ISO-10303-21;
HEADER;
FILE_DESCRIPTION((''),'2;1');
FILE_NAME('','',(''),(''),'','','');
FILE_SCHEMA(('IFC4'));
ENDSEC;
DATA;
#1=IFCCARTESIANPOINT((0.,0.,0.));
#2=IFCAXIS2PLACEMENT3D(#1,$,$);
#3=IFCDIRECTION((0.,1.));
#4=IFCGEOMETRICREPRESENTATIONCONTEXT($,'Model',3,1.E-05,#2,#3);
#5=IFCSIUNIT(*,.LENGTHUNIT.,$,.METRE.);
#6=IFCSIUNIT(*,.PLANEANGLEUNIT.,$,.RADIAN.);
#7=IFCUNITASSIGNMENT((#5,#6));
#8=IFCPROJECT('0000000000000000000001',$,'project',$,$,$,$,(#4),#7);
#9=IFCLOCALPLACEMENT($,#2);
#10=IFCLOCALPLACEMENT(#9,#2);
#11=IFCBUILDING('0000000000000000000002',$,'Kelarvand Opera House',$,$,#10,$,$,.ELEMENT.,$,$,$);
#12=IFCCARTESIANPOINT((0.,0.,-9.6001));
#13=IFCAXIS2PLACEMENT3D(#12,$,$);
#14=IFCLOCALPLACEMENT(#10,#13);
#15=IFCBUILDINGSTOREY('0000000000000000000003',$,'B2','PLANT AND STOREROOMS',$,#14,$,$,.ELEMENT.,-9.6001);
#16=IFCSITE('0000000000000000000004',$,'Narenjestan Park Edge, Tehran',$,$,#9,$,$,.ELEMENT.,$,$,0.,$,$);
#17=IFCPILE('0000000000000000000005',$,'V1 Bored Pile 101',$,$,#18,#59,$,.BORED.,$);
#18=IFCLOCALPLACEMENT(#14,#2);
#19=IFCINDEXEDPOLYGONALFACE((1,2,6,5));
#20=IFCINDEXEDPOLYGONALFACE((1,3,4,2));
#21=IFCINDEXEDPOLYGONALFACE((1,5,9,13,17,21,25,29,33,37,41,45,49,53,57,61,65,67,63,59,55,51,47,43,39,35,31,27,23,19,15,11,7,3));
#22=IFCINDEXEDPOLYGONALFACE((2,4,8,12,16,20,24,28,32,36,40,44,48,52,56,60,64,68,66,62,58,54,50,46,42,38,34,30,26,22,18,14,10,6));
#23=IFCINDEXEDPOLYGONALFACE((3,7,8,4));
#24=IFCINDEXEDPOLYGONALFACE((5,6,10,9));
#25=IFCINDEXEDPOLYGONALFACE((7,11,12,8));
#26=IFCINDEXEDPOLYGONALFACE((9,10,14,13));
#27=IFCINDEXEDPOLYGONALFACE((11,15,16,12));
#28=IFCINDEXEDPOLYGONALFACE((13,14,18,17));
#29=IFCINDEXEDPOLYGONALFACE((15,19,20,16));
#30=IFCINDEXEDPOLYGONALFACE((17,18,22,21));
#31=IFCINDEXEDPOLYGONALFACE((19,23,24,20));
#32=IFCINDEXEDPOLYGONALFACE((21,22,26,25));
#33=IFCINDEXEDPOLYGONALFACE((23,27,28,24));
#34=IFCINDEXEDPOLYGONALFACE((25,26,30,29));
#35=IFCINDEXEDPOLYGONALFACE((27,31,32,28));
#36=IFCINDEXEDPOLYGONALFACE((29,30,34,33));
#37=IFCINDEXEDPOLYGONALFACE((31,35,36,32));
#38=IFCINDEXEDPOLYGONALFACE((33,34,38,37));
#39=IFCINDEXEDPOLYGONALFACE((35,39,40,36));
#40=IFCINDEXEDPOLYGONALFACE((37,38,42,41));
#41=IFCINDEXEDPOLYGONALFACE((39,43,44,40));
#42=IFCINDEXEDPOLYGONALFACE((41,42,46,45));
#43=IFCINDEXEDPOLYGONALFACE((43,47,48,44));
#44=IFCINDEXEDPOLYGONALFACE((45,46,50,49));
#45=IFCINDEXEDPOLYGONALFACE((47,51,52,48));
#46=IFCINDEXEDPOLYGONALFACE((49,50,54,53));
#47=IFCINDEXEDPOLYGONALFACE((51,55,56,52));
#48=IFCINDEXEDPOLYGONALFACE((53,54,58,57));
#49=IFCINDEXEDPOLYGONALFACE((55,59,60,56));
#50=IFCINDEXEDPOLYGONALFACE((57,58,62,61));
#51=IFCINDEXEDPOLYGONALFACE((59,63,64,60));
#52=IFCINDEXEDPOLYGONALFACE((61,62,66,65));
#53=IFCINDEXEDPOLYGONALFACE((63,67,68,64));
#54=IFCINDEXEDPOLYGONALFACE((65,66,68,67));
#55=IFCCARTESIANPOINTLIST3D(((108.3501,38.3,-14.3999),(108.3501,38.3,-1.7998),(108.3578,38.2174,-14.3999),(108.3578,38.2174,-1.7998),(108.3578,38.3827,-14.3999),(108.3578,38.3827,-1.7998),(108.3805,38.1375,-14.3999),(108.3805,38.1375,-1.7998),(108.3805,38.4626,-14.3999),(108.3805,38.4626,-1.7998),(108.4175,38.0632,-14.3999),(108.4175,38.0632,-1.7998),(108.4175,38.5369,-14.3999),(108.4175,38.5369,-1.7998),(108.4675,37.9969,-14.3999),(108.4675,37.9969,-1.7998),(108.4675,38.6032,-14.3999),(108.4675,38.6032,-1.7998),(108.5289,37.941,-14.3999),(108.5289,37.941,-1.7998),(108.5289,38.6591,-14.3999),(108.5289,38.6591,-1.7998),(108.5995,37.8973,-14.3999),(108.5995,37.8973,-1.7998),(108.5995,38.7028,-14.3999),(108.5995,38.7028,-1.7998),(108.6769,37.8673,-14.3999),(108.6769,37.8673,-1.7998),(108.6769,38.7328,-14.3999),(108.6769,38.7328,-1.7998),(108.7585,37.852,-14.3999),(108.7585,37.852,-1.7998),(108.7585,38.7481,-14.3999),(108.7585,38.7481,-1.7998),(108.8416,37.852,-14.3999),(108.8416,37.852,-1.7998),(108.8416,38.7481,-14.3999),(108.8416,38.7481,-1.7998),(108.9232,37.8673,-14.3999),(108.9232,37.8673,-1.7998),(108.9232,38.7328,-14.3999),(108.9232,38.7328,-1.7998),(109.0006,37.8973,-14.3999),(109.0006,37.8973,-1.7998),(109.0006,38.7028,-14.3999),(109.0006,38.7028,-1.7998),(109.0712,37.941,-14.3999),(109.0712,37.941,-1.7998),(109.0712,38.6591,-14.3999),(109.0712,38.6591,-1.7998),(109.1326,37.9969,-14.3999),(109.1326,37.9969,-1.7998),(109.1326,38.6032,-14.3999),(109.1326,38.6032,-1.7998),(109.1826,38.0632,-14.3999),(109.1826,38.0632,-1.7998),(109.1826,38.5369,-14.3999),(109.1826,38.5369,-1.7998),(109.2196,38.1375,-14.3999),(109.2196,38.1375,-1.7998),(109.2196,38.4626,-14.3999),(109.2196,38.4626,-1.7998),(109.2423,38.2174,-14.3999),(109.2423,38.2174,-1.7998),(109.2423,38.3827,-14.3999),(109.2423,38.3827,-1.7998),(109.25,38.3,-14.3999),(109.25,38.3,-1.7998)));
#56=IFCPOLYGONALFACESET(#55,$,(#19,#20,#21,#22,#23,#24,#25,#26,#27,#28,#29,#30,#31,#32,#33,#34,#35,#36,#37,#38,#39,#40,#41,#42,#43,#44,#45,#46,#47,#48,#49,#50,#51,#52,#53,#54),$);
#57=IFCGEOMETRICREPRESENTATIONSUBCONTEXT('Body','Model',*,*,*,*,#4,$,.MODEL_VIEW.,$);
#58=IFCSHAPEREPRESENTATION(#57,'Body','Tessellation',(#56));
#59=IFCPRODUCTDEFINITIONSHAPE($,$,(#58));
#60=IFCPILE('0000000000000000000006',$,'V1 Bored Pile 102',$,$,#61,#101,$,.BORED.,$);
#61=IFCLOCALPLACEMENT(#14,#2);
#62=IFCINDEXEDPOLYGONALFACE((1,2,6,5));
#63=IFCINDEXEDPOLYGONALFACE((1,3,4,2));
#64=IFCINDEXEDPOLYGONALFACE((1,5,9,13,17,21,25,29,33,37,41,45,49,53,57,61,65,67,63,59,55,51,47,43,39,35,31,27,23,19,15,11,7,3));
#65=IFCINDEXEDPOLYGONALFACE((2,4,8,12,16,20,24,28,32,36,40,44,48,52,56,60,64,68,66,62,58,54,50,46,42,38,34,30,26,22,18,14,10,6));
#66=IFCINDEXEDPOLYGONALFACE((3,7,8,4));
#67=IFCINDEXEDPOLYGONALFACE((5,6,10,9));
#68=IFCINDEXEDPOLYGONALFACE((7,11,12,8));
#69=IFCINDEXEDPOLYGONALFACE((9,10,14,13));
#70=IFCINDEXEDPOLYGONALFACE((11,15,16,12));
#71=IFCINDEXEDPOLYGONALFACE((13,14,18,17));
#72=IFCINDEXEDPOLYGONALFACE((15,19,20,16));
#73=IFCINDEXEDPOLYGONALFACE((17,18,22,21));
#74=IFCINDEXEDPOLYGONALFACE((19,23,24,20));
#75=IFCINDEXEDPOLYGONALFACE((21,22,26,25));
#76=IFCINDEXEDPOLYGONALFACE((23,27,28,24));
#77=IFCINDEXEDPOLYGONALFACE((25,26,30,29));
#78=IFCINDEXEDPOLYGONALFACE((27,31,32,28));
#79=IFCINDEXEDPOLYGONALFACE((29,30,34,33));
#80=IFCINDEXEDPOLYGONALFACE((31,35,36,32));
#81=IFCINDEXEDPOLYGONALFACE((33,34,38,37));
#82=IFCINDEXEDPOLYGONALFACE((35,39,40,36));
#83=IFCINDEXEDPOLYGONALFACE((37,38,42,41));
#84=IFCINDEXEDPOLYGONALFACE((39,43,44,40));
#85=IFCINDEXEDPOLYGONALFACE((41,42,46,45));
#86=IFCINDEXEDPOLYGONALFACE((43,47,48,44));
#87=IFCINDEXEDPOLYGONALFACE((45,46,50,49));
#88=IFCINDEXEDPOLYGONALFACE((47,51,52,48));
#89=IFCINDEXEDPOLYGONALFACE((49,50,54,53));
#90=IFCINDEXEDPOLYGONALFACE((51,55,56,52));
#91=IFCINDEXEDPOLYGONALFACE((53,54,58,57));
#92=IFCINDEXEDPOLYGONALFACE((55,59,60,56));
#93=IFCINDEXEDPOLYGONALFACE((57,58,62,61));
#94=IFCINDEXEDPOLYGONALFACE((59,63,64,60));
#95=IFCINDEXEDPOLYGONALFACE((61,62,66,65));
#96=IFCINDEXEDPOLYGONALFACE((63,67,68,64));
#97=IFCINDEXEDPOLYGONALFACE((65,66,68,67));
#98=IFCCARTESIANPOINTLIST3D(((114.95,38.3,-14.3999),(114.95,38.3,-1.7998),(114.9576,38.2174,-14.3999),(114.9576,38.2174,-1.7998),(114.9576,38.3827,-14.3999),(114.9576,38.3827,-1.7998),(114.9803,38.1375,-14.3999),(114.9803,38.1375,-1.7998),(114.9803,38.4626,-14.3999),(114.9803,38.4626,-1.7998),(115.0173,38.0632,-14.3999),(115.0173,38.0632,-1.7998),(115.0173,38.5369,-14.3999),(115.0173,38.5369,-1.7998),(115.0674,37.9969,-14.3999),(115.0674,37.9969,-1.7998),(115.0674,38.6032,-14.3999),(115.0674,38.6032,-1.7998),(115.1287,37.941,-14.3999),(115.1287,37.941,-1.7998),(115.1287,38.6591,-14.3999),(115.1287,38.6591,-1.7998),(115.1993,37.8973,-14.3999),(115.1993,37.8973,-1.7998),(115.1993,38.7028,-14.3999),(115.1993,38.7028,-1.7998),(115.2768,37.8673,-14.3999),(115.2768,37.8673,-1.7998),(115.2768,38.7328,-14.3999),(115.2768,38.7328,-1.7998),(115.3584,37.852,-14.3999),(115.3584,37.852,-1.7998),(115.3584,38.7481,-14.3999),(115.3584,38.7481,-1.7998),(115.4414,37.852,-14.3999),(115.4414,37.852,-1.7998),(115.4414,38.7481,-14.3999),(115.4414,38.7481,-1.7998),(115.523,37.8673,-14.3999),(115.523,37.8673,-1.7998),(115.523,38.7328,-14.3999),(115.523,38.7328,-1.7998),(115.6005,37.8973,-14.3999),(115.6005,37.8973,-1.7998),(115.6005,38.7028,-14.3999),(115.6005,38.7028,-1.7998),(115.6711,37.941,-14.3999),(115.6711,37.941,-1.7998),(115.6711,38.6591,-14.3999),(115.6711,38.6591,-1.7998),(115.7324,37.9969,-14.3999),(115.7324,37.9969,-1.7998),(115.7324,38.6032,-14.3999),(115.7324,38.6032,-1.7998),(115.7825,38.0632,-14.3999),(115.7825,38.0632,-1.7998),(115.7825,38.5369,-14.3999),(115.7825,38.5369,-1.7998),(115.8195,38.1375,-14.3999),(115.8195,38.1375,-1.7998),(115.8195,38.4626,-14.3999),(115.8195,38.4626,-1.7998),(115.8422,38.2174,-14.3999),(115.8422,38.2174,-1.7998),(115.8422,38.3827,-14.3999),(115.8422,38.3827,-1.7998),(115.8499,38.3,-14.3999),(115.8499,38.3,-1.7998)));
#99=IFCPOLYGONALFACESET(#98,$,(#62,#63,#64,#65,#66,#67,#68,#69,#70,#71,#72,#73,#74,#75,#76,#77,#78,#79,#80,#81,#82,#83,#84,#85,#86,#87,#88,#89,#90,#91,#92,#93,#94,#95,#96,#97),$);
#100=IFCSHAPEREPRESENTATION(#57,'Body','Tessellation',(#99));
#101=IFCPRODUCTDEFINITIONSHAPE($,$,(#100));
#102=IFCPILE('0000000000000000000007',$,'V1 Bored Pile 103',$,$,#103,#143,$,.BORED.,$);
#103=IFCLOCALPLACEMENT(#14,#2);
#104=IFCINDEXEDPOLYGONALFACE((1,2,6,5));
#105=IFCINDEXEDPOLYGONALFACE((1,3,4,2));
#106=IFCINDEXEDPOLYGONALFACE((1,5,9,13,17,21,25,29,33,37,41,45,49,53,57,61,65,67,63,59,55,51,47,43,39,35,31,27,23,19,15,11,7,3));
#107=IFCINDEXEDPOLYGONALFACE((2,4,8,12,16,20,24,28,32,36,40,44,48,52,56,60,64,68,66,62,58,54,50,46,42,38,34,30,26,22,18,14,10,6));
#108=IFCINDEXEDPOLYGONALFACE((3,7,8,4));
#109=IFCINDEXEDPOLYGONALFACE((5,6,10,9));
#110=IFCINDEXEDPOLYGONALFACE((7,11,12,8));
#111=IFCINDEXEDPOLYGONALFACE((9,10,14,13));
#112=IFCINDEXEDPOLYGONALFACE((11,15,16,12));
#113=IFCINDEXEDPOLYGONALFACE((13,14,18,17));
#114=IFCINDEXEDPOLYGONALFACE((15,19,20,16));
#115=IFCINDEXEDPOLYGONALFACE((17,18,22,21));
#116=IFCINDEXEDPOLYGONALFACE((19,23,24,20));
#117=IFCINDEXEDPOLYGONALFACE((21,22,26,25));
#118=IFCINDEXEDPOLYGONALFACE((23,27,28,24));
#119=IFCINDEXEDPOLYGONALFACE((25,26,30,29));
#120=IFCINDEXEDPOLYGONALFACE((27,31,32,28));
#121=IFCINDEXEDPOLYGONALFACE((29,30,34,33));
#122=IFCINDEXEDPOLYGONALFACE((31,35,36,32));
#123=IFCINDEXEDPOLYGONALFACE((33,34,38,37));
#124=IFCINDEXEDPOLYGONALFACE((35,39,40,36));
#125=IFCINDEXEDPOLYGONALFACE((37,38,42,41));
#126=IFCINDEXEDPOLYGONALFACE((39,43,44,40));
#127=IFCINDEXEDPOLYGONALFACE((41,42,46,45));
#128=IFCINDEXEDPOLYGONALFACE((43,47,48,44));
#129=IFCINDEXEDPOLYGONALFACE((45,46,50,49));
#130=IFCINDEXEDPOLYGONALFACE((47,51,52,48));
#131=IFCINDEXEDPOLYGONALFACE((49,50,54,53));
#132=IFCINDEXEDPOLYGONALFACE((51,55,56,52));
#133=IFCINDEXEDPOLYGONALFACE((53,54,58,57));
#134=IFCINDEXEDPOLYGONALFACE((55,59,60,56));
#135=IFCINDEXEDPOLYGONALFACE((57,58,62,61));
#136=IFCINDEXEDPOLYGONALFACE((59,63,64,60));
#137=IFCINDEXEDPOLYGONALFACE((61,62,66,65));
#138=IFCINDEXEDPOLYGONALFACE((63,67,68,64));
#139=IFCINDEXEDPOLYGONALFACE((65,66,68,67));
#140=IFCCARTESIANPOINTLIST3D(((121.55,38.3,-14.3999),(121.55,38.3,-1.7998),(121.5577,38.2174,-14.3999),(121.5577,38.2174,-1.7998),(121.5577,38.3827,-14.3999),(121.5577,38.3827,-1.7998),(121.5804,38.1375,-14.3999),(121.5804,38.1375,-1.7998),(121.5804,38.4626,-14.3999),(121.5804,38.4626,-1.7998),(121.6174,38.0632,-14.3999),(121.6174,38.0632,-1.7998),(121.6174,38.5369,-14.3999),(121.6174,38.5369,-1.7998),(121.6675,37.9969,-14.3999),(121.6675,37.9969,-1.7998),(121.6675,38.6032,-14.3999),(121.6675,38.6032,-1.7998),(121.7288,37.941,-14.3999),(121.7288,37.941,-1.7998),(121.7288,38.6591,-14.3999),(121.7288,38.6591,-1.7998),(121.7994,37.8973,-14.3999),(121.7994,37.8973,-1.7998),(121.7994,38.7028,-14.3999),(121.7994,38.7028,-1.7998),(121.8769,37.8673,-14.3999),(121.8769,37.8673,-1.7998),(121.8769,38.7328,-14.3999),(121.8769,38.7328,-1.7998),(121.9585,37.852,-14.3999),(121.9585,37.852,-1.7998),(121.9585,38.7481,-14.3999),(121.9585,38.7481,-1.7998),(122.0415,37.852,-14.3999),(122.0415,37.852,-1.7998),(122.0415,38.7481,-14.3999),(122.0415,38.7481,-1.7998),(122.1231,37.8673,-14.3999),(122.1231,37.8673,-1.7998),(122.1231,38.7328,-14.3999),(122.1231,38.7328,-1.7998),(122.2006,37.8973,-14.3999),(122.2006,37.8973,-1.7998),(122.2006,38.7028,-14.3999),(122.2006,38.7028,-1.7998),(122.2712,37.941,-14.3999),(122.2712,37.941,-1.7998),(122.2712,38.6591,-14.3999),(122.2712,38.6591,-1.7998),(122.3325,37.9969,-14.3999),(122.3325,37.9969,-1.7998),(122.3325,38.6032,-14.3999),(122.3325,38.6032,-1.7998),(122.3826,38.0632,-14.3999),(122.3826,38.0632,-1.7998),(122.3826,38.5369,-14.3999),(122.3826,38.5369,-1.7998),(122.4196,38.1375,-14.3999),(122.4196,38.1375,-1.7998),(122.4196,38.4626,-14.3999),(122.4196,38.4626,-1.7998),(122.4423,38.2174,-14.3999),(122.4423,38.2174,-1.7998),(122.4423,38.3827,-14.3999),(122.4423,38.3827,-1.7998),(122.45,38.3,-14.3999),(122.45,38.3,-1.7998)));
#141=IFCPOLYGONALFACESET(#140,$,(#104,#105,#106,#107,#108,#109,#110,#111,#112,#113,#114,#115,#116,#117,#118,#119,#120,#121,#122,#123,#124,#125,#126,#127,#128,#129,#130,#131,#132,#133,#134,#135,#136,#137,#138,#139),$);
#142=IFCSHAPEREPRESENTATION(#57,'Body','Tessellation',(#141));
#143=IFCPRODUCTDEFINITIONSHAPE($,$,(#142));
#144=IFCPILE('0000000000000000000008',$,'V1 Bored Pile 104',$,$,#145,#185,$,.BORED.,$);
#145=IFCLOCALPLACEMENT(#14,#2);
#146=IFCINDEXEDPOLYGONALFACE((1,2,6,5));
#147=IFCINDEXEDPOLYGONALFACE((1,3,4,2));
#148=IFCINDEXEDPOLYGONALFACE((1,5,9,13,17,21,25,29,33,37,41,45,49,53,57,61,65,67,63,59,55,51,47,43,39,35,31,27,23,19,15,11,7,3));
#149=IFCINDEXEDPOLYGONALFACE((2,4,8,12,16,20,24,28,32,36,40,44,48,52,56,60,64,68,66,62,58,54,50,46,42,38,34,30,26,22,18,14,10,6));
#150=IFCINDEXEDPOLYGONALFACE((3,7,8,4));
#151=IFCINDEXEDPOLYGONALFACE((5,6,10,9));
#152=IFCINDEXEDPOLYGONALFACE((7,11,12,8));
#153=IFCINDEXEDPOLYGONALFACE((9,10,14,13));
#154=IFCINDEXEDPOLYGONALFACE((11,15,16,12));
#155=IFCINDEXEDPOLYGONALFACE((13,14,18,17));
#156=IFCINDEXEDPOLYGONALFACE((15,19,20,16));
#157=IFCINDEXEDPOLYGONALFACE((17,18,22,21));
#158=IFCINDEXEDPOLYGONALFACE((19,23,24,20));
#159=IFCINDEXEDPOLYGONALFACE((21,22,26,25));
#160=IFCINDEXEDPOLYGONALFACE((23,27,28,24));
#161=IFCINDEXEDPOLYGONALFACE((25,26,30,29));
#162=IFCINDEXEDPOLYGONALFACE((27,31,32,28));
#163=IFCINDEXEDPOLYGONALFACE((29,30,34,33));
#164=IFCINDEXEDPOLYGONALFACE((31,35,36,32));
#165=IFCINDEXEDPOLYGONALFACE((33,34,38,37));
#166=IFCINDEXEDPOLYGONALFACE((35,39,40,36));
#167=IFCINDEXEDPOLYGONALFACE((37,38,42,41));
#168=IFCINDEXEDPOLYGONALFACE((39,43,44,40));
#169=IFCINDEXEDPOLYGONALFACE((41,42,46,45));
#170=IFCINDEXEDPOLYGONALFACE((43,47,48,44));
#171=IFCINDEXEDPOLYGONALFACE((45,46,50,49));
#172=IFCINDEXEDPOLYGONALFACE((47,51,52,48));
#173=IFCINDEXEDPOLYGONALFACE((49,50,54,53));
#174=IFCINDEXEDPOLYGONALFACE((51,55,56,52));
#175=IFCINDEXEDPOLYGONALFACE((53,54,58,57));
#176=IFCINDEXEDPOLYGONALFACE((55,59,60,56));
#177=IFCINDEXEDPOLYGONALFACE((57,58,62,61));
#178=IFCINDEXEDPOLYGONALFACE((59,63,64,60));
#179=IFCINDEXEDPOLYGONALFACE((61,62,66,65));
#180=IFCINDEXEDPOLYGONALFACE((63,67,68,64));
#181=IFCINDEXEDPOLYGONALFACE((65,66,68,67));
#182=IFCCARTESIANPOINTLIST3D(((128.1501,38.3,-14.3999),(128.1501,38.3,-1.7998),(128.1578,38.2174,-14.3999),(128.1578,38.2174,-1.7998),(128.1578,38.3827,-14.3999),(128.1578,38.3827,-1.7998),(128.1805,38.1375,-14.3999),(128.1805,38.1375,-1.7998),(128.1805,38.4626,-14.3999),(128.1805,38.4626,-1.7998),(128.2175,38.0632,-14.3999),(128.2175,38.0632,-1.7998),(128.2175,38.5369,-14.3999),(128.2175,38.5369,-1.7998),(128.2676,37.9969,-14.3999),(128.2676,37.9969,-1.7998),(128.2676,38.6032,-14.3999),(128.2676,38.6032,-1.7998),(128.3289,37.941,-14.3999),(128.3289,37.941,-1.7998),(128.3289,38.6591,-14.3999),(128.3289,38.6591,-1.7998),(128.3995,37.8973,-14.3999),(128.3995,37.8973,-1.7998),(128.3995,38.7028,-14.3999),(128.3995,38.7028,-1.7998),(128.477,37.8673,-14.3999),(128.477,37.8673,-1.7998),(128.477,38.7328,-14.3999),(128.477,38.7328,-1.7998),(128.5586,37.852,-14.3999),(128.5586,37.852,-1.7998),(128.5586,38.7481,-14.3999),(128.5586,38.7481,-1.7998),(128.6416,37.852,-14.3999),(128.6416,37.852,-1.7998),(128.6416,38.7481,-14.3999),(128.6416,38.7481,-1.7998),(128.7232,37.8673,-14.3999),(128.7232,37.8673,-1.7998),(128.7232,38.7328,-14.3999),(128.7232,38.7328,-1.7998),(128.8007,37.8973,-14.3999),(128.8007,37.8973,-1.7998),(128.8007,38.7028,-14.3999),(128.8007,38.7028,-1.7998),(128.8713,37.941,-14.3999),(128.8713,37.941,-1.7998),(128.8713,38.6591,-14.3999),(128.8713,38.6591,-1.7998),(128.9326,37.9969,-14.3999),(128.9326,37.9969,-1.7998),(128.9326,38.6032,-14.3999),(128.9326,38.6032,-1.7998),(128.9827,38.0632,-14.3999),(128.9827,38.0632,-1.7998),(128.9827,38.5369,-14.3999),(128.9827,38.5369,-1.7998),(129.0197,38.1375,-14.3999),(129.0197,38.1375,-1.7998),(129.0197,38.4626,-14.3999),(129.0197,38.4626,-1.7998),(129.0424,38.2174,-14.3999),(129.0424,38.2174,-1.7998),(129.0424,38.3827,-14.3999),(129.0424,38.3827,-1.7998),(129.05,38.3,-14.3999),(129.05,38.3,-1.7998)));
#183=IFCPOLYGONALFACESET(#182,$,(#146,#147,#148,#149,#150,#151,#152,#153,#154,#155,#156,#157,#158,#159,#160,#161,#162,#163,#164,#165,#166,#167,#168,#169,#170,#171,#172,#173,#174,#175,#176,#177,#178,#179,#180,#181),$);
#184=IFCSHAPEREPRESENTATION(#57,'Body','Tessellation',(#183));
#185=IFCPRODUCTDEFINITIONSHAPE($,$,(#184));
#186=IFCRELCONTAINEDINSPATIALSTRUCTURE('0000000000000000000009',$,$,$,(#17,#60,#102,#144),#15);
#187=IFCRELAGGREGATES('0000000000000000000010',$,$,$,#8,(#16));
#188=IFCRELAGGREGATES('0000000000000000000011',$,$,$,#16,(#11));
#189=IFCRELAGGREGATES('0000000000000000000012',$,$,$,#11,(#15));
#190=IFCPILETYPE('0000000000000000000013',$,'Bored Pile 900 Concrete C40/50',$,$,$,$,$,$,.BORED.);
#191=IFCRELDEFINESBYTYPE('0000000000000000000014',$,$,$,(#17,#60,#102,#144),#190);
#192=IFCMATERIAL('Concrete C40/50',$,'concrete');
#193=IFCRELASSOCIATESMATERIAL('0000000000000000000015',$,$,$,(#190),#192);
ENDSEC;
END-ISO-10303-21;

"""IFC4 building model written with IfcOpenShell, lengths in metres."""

from ifc_helpers import new_model, si_unit, direction, frame, origin, origin_2d, place, context, subcontext, project, spatial, circle, extrude, material, material_profile, profile_set, type_object, element, save


model = new_model("IFC4")

# Units and contexts
model_context = context("Model", 3, precision=1e-05, world=origin(), true_north=direction((0.0, 1.0)))
body_context = subcontext(model_context, "Body", "Model", "MODEL_VIEW")
ifc_project = project(units=[si_unit("LENGTHUNIT", "METRE"), si_unit("PLANEANGLEUNIT", "RADIAN")], contexts=[model_context])

# Site, building, storey
site_placement = place(None, origin())
site = spatial("IfcSite", under=ifc_project, at=site_placement, Name="Narenjestan Park Edge, Tehran", CompositionType="ELEMENT", RefElevation=0.0)
building_placement = place(site_placement, origin())
building = spatial("IfcBuilding", under=site, at=building_placement, Name="Kelarvand Opera House", CompositionType="ELEMENT")
storey_placement = place(building_placement, frame((0.0, 0.0, -9.6001)))
storey = spatial("IfcBuildingStorey", under=building, at=storey_placement, Name="B2", Description="PLANT AND STOREROOMS", CompositionType="ELEMENT", Elevation=-9.6001)

# Piles
ifc_material_1 = material(Name="Concrete C40/50", Category="concrete")
ifc_material_profile_1 = material_profile(ifc_material_1, circle(Radius=0.45, at=origin_2d()), Name="BP 900", Category="concrete")
ifc_profile_set_1 = profile_set([ifc_material_profile_1], Name="Concrete C40/50")
pile_type = type_object("IfcPileType", Name="Bored Pile 900 Concrete C40/50", PredefinedType="BORED", material=ifc_profile_set_1)
for number, where, z_axis, x_axis, name in (
    (1, (108.8, 38.3, -1.7998), (0.0, 0.0, -1.0), (1.0, 0.0, 0.0), "V1 Bored Pile 101"),
    (2, (115.3999, 38.3, -1.7998), (0.0, 0.0, -1.0), (1.0, 0.0, 0.0), "V1 Bored Pile 102"),
    (3, (122.0, 38.3, -1.7998), (0.0, 0.0, -1.0), (1.0, 0.0, 0.0), "V1 Bored Pile 103"),
    (4, (128.6001, 38.3, -1.7998), (0.0, 0.0, -1.0), (1.0, 0.0, 0.0), "V1 Bored Pile 104"),
):
    element("IfcPile", number, at=place(storey_placement, frame(where, z_axis=z_axis, x_axis=x_axis)), inside=storey, type_object=pile_type, Name=name, PredefinedType="BORED", context=body_context, shape_type="SweptSolid", body=[
        extrude(circle(Radius=0.45, at=origin_2d()), origin(), (0.0, 0.0, 1.0), 12.6001),
    ])

save(model, "model.ifc")
